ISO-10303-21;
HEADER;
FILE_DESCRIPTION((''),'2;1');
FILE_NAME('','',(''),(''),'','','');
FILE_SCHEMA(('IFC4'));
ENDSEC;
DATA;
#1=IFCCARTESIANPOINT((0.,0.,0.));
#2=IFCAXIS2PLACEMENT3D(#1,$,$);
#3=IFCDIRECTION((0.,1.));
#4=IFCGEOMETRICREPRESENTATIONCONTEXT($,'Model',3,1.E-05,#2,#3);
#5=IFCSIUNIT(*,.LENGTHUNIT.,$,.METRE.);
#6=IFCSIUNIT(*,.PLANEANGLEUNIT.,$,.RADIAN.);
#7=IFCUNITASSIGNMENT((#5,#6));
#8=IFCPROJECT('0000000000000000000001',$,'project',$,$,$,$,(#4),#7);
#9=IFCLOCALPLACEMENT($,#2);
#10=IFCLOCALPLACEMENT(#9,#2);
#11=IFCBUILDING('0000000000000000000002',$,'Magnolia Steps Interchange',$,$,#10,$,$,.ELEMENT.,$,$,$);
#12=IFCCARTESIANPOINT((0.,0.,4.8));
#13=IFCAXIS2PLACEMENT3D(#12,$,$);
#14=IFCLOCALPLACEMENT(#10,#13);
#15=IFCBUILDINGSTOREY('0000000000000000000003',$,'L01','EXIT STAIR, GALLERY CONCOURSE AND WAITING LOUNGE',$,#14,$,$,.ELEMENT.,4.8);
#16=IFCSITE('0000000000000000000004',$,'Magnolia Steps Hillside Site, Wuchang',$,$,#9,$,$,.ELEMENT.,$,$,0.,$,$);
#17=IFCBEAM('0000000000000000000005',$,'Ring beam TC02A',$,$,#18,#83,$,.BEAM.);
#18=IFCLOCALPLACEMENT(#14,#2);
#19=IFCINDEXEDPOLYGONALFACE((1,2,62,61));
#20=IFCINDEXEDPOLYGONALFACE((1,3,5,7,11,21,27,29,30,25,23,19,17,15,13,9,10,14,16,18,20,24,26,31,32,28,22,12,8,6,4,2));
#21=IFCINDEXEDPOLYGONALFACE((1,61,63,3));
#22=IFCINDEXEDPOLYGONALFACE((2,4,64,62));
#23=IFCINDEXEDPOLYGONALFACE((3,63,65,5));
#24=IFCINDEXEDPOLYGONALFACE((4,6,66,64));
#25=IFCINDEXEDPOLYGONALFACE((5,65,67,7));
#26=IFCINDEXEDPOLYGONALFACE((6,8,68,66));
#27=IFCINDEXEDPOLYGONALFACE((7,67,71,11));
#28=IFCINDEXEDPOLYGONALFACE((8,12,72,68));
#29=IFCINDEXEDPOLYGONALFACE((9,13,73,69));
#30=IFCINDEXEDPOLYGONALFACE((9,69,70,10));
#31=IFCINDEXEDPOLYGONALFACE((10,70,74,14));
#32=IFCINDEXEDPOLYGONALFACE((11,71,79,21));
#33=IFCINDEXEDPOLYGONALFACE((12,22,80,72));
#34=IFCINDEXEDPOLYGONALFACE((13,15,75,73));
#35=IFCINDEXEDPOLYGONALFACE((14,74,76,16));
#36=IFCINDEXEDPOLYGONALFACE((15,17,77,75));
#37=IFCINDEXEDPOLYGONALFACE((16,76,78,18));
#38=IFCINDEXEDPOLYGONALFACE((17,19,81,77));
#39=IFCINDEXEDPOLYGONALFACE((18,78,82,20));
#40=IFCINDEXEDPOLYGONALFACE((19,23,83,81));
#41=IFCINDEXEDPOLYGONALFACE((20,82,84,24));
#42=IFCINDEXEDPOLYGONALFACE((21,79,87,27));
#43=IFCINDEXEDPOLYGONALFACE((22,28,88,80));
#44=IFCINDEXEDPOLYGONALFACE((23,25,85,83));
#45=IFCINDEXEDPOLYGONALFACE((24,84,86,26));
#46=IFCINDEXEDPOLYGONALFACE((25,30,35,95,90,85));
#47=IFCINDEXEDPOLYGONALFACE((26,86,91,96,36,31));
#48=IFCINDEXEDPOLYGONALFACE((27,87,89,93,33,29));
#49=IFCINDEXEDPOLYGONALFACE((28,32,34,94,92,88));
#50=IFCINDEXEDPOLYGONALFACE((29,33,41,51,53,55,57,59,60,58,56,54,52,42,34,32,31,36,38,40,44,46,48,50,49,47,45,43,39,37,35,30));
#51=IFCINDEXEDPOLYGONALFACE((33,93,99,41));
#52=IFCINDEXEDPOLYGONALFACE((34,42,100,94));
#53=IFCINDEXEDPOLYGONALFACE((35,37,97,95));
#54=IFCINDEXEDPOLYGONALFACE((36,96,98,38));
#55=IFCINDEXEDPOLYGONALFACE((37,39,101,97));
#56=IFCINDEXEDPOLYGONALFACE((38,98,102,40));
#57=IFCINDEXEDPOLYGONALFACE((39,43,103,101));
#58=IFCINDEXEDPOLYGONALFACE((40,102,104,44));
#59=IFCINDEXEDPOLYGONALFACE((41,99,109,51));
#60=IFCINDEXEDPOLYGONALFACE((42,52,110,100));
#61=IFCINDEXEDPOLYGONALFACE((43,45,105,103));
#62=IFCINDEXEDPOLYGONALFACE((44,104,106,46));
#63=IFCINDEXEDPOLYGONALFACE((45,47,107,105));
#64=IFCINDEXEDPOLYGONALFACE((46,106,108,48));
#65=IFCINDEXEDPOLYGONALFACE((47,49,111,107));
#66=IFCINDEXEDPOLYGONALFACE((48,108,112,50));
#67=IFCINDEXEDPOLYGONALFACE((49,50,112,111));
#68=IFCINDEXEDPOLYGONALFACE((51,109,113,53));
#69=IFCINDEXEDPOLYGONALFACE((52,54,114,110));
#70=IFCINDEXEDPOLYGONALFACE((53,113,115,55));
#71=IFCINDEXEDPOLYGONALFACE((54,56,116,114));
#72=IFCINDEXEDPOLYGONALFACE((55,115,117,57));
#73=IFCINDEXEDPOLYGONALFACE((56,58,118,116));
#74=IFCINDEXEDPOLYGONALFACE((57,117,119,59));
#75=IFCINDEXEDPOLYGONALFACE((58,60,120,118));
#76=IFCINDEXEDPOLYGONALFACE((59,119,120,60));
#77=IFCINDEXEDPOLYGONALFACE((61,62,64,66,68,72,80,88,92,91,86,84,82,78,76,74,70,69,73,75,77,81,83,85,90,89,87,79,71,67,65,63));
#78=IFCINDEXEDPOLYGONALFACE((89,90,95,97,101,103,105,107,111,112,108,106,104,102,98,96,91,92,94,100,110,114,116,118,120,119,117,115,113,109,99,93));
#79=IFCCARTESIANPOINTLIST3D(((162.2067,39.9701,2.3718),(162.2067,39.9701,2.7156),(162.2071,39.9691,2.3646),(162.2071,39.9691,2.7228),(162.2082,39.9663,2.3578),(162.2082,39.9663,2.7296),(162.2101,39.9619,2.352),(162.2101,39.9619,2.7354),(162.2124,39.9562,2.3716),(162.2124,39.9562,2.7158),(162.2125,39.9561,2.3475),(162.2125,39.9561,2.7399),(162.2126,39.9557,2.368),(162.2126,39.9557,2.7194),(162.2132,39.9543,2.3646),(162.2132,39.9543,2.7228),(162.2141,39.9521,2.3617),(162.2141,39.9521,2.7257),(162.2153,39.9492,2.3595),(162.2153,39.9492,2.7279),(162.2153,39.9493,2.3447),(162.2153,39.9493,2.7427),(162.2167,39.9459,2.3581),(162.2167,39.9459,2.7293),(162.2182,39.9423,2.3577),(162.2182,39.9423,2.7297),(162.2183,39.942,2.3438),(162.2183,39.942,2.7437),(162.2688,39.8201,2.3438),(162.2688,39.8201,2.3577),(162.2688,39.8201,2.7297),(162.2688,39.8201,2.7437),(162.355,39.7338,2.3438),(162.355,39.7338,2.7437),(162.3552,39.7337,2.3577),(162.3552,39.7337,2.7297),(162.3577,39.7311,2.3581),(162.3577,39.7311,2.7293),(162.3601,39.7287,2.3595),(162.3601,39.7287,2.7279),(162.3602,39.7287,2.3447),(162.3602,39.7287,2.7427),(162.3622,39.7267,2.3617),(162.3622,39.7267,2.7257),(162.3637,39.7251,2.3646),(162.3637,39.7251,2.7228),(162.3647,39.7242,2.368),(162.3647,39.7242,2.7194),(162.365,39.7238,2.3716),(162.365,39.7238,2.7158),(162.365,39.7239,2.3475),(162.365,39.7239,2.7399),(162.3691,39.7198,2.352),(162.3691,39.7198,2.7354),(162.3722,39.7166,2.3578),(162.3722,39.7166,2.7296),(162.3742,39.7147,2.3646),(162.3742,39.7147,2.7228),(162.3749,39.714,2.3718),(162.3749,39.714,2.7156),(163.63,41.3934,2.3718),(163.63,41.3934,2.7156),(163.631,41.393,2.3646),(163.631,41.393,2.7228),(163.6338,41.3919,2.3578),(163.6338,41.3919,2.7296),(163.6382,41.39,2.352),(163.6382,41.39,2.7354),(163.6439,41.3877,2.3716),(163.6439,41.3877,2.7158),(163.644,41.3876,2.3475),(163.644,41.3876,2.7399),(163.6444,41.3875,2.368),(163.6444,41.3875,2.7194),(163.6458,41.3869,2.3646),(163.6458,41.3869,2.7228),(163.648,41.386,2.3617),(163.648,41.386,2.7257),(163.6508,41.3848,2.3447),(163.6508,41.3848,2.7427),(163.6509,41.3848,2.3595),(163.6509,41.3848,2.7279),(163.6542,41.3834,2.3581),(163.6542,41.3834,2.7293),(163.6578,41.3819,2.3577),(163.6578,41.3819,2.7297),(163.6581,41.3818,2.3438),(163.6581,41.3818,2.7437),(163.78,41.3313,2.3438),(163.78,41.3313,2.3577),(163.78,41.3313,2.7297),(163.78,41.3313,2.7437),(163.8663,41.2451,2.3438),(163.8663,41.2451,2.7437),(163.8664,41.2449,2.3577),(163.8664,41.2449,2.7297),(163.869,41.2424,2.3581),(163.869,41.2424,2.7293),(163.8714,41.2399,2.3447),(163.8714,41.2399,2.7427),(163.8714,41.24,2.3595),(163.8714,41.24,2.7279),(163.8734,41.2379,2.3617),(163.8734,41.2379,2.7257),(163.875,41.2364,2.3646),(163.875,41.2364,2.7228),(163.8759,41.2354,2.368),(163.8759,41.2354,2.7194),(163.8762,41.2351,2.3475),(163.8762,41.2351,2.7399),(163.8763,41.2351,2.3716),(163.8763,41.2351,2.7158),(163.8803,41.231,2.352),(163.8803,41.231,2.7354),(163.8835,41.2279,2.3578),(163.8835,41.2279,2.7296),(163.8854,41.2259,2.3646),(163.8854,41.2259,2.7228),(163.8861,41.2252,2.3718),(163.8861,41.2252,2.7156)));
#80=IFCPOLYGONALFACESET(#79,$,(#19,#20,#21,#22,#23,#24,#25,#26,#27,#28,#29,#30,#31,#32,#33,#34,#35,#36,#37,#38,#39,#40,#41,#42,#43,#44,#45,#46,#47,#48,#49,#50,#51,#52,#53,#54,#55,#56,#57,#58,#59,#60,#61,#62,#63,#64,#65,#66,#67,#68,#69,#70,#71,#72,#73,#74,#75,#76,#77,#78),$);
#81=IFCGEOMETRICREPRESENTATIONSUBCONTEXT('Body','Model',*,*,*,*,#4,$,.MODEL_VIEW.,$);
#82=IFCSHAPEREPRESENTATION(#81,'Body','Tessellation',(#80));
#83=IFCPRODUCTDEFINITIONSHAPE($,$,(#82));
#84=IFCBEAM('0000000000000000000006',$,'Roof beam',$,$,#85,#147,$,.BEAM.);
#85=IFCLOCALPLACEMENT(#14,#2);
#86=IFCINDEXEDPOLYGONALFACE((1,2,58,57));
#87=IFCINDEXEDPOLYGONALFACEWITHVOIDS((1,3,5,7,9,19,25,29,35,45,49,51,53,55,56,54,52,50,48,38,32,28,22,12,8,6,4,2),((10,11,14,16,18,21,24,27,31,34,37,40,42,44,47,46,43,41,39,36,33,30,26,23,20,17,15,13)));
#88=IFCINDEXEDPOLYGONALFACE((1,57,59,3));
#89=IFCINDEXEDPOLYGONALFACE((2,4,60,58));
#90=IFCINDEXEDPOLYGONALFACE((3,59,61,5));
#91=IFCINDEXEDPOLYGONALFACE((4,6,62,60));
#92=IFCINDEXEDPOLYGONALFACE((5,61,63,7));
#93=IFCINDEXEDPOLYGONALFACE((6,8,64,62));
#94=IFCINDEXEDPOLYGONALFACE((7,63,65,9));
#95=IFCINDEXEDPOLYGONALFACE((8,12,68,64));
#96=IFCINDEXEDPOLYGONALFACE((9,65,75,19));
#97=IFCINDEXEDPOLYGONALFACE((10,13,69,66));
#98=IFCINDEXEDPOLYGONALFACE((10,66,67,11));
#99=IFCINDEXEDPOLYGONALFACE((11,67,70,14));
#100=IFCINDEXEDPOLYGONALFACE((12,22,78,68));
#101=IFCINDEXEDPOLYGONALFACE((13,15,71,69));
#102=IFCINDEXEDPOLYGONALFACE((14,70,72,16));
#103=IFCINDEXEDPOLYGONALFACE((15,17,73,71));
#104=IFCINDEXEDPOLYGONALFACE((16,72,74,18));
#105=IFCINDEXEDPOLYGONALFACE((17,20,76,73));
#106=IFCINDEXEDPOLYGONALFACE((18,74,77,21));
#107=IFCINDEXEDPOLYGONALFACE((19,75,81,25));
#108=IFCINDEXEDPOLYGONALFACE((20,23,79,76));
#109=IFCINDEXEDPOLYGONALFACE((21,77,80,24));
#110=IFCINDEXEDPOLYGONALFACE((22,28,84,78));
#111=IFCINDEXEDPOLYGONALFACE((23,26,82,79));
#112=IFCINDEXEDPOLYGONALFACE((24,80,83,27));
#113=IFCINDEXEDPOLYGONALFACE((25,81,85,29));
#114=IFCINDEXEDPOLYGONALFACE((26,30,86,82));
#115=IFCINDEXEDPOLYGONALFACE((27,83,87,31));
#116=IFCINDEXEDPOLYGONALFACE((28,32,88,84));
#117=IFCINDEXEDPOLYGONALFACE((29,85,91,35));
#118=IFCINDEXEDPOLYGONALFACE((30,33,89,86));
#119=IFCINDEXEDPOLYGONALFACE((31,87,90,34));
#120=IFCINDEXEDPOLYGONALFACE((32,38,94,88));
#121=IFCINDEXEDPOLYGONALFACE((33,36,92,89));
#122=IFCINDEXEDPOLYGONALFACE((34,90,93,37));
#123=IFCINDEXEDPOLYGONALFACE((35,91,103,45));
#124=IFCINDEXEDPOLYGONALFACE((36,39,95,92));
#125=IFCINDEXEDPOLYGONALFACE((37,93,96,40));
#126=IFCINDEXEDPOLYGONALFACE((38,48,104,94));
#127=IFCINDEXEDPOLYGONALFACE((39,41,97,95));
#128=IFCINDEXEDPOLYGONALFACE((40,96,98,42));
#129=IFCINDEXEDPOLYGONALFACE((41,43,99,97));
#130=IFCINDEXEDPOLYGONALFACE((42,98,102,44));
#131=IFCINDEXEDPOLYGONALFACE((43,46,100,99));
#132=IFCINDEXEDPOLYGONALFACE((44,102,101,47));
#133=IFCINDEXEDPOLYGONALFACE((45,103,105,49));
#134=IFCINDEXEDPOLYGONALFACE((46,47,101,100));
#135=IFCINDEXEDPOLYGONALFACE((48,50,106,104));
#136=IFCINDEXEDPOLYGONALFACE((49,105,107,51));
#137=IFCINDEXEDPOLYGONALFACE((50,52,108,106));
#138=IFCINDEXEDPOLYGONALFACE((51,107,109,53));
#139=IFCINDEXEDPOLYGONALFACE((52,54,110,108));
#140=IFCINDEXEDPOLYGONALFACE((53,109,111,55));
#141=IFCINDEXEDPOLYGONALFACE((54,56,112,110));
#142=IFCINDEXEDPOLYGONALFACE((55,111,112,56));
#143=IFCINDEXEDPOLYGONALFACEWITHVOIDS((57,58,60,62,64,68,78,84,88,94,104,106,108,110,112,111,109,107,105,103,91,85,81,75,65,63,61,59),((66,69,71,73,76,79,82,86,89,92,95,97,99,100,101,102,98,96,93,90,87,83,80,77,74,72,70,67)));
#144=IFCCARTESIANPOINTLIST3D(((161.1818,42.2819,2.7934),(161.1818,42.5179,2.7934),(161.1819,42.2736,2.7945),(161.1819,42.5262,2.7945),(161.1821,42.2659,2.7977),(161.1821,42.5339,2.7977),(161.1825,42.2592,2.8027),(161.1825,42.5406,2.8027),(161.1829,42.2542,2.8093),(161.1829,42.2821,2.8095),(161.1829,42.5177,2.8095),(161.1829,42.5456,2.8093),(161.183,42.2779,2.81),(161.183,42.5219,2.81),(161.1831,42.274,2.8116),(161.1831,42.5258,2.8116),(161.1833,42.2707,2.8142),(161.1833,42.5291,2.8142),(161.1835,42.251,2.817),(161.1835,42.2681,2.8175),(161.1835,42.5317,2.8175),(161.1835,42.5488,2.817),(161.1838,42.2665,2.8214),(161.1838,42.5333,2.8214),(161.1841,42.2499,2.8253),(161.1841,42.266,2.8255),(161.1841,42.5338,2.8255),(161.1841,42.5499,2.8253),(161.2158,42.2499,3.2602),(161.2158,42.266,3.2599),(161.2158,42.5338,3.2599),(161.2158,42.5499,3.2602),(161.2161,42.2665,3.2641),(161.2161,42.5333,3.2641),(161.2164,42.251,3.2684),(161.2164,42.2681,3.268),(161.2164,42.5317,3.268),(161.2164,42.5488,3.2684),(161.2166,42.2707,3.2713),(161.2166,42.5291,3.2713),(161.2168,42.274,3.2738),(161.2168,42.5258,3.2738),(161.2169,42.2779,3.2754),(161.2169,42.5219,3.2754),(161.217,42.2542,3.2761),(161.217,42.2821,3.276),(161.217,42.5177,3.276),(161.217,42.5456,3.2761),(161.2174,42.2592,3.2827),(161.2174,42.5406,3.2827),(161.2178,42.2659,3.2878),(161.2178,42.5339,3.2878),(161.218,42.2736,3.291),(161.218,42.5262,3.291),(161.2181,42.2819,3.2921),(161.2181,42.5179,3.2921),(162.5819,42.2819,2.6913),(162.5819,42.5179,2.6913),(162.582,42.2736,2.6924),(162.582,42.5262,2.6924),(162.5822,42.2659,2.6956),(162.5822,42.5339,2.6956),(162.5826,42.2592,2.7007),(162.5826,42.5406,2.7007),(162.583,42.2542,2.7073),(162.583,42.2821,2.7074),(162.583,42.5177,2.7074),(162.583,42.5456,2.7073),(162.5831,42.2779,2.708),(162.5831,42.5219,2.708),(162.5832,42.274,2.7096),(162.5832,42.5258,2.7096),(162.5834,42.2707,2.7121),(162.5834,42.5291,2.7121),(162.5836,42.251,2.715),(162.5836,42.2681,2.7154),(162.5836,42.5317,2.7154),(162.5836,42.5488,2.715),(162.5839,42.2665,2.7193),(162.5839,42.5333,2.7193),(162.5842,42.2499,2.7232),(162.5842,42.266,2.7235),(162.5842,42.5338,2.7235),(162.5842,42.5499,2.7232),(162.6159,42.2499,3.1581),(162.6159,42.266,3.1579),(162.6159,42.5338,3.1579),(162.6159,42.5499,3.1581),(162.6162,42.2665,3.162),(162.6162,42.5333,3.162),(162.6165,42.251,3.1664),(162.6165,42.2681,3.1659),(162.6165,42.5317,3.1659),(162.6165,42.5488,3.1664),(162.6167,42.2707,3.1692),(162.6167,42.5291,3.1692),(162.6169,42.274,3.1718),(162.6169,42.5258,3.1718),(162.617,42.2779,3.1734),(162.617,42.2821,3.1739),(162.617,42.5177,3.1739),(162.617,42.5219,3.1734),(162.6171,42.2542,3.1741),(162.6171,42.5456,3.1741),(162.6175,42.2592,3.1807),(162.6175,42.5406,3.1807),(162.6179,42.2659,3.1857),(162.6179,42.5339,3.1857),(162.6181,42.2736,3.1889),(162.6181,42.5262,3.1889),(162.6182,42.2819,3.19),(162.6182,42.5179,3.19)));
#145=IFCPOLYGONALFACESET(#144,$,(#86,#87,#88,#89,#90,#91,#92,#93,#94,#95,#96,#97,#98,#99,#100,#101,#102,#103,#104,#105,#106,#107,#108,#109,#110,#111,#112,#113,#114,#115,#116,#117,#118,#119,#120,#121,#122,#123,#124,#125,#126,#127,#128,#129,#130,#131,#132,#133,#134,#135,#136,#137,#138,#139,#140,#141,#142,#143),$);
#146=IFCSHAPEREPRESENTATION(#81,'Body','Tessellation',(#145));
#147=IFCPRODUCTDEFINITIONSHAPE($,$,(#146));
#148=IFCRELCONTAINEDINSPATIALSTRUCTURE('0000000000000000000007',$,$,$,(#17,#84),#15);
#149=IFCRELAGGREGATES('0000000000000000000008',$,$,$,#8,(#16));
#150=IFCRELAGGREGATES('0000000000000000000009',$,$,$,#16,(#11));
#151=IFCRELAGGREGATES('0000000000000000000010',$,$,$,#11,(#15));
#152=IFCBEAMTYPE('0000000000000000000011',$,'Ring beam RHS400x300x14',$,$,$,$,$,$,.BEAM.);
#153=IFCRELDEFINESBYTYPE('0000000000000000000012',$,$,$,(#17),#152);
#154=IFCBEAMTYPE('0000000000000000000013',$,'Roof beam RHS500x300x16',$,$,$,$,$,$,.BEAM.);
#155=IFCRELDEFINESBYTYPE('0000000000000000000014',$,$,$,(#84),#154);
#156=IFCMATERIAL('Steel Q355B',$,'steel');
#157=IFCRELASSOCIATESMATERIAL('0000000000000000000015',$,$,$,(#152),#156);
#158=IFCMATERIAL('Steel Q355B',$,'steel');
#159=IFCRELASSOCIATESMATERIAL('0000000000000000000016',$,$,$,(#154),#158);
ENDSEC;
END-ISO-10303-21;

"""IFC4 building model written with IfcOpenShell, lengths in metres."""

from ifc_helpers import new_model, si_unit, direction, frame, origin, origin_2d, place, context, subcontext, project, spatial, hollow_rectangle, extrude, clip, halfspace, material, material_profile, profile_set, type_object, element, save


model = new_model("IFC4")

# Units and contexts
model_context = context("Model", 3, precision=1e-05, world=origin(), true_north=direction((0.0, 1.0)))
body_context = subcontext(model_context, "Body", "Model", "MODEL_VIEW")
ifc_project = project(units=[si_unit("LENGTHUNIT", "METRE"), si_unit("PLANEANGLEUNIT", "RADIAN")], contexts=[model_context])

# Site, building, storey
site_placement = place(None, origin())
site = spatial("IfcSite", under=ifc_project, at=site_placement, Name="Magnolia Steps Hillside Site, Wuchang", CompositionType="ELEMENT", RefElevation=0.0)
building_placement = place(site_placement, origin())
building = spatial("IfcBuilding", under=site, at=building_placement, Name="Magnolia Steps Interchange", CompositionType="ELEMENT")
storey_placement = place(building_placement, frame((0.0, 0.0, 4.8)))
storey = spatial("IfcBuildingStorey", under=building, at=storey_placement, Name="L01", Description="EXIT STAIR, GALLERY CONCOURSE AND WAITING LOUNGE", CompositionType="ELEMENT", Elevation=4.8)

# Beams
ifc_material_1 = material(Name="Steel Q355B", Category="steel")
ifc_material_profile_1 = material_profile(ifc_material_1, hollow_rectangle(XDim=0.3, YDim=0.3999, WallThickness=0.0139, InnerFilletRadius=0.0139, OuterFilletRadius=0.0281, at=origin_2d()), Name="RHS400x300x14")
ifc_profile_set_1 = profile_set([ifc_material_profile_1], Name="Steel Q355B")
beam_type_1 = type_object("IfcBeamType", Name="Ring beam RHS400x300x14", PredefinedType="BEAM", material=ifc_profile_set_1)
beam_1_placement = place(storey_placement, frame((162.2688, 39.8201, 2.5437), z_axis=(0.707107, 0.707107, 0.0), x_axis=(-0.707107, 0.707107, 0.0)))
element("IfcBeam", 1, at=beam_1_placement, inside=storey, type_object=beam_type_1, Name="Ring beam TC02A", PredefinedType="BEAM", context=body_context, shape_type="Clipping", body=[
    clip(clip(extrude(hollow_rectangle(XDim=0.3, YDim=0.3999, WallThickness=0.0139, InnerFilletRadius=0.0139, OuterFilletRadius=0.0281, at=origin_2d()), origin(), (0.0, 0.0, 1.0), 2.1372), halfspace(frame((0.0, 0.0, 0.0), z_axis=(0.382683, 0.0, -0.92388), x_axis=(0.92388, 0.0, 0.382683)), False)), halfspace(frame((0.0, 0.0, 2.1372), z_axis=(0.382683, 0.0, 0.92388), x_axis=(0.92388, 0.0, -0.382683)), False)),
])
ifc_material_2 = material(Name="Steel Q355B", Category="steel")
ifc_material_profile_2 = material_profile(ifc_material_2, hollow_rectangle(XDim=0.3, YDim=0.5, WallThickness=0.0161, InnerFilletRadius=0.0161, OuterFilletRadius=0.032, at=origin_2d()), Name="RHS500x300x16")
ifc_profile_set_2 = profile_set([ifc_material_profile_2], Name="Steel Q355B")
beam_type_2 = type_object("IfcBeamType", Name="Roof beam RHS500x300x16", PredefinedType="BEAM", material=ifc_profile_set_2)
beam_2_placement = place(storey_placement, frame((161.2, 42.3999, 3.0427), z_axis=(0.997354, 0.0, -0.072693), x_axis=(0.0, 1.0, 0.0)))
element("IfcBeam", 2, at=beam_2_placement, inside=storey, type_object=beam_type_2, Name="Roof beam", PredefinedType="BEAM", context=body_context, shape_type="SweptSolid", body=[
    extrude(hollow_rectangle(XDim=0.3, YDim=0.5, WallThickness=0.0161, InnerFilletRadius=0.0161, OuterFilletRadius=0.032, at=origin_2d()), origin(), (0.0, 0.0, 1.0), 1.4038),
])

save(model, "model.ifc")
